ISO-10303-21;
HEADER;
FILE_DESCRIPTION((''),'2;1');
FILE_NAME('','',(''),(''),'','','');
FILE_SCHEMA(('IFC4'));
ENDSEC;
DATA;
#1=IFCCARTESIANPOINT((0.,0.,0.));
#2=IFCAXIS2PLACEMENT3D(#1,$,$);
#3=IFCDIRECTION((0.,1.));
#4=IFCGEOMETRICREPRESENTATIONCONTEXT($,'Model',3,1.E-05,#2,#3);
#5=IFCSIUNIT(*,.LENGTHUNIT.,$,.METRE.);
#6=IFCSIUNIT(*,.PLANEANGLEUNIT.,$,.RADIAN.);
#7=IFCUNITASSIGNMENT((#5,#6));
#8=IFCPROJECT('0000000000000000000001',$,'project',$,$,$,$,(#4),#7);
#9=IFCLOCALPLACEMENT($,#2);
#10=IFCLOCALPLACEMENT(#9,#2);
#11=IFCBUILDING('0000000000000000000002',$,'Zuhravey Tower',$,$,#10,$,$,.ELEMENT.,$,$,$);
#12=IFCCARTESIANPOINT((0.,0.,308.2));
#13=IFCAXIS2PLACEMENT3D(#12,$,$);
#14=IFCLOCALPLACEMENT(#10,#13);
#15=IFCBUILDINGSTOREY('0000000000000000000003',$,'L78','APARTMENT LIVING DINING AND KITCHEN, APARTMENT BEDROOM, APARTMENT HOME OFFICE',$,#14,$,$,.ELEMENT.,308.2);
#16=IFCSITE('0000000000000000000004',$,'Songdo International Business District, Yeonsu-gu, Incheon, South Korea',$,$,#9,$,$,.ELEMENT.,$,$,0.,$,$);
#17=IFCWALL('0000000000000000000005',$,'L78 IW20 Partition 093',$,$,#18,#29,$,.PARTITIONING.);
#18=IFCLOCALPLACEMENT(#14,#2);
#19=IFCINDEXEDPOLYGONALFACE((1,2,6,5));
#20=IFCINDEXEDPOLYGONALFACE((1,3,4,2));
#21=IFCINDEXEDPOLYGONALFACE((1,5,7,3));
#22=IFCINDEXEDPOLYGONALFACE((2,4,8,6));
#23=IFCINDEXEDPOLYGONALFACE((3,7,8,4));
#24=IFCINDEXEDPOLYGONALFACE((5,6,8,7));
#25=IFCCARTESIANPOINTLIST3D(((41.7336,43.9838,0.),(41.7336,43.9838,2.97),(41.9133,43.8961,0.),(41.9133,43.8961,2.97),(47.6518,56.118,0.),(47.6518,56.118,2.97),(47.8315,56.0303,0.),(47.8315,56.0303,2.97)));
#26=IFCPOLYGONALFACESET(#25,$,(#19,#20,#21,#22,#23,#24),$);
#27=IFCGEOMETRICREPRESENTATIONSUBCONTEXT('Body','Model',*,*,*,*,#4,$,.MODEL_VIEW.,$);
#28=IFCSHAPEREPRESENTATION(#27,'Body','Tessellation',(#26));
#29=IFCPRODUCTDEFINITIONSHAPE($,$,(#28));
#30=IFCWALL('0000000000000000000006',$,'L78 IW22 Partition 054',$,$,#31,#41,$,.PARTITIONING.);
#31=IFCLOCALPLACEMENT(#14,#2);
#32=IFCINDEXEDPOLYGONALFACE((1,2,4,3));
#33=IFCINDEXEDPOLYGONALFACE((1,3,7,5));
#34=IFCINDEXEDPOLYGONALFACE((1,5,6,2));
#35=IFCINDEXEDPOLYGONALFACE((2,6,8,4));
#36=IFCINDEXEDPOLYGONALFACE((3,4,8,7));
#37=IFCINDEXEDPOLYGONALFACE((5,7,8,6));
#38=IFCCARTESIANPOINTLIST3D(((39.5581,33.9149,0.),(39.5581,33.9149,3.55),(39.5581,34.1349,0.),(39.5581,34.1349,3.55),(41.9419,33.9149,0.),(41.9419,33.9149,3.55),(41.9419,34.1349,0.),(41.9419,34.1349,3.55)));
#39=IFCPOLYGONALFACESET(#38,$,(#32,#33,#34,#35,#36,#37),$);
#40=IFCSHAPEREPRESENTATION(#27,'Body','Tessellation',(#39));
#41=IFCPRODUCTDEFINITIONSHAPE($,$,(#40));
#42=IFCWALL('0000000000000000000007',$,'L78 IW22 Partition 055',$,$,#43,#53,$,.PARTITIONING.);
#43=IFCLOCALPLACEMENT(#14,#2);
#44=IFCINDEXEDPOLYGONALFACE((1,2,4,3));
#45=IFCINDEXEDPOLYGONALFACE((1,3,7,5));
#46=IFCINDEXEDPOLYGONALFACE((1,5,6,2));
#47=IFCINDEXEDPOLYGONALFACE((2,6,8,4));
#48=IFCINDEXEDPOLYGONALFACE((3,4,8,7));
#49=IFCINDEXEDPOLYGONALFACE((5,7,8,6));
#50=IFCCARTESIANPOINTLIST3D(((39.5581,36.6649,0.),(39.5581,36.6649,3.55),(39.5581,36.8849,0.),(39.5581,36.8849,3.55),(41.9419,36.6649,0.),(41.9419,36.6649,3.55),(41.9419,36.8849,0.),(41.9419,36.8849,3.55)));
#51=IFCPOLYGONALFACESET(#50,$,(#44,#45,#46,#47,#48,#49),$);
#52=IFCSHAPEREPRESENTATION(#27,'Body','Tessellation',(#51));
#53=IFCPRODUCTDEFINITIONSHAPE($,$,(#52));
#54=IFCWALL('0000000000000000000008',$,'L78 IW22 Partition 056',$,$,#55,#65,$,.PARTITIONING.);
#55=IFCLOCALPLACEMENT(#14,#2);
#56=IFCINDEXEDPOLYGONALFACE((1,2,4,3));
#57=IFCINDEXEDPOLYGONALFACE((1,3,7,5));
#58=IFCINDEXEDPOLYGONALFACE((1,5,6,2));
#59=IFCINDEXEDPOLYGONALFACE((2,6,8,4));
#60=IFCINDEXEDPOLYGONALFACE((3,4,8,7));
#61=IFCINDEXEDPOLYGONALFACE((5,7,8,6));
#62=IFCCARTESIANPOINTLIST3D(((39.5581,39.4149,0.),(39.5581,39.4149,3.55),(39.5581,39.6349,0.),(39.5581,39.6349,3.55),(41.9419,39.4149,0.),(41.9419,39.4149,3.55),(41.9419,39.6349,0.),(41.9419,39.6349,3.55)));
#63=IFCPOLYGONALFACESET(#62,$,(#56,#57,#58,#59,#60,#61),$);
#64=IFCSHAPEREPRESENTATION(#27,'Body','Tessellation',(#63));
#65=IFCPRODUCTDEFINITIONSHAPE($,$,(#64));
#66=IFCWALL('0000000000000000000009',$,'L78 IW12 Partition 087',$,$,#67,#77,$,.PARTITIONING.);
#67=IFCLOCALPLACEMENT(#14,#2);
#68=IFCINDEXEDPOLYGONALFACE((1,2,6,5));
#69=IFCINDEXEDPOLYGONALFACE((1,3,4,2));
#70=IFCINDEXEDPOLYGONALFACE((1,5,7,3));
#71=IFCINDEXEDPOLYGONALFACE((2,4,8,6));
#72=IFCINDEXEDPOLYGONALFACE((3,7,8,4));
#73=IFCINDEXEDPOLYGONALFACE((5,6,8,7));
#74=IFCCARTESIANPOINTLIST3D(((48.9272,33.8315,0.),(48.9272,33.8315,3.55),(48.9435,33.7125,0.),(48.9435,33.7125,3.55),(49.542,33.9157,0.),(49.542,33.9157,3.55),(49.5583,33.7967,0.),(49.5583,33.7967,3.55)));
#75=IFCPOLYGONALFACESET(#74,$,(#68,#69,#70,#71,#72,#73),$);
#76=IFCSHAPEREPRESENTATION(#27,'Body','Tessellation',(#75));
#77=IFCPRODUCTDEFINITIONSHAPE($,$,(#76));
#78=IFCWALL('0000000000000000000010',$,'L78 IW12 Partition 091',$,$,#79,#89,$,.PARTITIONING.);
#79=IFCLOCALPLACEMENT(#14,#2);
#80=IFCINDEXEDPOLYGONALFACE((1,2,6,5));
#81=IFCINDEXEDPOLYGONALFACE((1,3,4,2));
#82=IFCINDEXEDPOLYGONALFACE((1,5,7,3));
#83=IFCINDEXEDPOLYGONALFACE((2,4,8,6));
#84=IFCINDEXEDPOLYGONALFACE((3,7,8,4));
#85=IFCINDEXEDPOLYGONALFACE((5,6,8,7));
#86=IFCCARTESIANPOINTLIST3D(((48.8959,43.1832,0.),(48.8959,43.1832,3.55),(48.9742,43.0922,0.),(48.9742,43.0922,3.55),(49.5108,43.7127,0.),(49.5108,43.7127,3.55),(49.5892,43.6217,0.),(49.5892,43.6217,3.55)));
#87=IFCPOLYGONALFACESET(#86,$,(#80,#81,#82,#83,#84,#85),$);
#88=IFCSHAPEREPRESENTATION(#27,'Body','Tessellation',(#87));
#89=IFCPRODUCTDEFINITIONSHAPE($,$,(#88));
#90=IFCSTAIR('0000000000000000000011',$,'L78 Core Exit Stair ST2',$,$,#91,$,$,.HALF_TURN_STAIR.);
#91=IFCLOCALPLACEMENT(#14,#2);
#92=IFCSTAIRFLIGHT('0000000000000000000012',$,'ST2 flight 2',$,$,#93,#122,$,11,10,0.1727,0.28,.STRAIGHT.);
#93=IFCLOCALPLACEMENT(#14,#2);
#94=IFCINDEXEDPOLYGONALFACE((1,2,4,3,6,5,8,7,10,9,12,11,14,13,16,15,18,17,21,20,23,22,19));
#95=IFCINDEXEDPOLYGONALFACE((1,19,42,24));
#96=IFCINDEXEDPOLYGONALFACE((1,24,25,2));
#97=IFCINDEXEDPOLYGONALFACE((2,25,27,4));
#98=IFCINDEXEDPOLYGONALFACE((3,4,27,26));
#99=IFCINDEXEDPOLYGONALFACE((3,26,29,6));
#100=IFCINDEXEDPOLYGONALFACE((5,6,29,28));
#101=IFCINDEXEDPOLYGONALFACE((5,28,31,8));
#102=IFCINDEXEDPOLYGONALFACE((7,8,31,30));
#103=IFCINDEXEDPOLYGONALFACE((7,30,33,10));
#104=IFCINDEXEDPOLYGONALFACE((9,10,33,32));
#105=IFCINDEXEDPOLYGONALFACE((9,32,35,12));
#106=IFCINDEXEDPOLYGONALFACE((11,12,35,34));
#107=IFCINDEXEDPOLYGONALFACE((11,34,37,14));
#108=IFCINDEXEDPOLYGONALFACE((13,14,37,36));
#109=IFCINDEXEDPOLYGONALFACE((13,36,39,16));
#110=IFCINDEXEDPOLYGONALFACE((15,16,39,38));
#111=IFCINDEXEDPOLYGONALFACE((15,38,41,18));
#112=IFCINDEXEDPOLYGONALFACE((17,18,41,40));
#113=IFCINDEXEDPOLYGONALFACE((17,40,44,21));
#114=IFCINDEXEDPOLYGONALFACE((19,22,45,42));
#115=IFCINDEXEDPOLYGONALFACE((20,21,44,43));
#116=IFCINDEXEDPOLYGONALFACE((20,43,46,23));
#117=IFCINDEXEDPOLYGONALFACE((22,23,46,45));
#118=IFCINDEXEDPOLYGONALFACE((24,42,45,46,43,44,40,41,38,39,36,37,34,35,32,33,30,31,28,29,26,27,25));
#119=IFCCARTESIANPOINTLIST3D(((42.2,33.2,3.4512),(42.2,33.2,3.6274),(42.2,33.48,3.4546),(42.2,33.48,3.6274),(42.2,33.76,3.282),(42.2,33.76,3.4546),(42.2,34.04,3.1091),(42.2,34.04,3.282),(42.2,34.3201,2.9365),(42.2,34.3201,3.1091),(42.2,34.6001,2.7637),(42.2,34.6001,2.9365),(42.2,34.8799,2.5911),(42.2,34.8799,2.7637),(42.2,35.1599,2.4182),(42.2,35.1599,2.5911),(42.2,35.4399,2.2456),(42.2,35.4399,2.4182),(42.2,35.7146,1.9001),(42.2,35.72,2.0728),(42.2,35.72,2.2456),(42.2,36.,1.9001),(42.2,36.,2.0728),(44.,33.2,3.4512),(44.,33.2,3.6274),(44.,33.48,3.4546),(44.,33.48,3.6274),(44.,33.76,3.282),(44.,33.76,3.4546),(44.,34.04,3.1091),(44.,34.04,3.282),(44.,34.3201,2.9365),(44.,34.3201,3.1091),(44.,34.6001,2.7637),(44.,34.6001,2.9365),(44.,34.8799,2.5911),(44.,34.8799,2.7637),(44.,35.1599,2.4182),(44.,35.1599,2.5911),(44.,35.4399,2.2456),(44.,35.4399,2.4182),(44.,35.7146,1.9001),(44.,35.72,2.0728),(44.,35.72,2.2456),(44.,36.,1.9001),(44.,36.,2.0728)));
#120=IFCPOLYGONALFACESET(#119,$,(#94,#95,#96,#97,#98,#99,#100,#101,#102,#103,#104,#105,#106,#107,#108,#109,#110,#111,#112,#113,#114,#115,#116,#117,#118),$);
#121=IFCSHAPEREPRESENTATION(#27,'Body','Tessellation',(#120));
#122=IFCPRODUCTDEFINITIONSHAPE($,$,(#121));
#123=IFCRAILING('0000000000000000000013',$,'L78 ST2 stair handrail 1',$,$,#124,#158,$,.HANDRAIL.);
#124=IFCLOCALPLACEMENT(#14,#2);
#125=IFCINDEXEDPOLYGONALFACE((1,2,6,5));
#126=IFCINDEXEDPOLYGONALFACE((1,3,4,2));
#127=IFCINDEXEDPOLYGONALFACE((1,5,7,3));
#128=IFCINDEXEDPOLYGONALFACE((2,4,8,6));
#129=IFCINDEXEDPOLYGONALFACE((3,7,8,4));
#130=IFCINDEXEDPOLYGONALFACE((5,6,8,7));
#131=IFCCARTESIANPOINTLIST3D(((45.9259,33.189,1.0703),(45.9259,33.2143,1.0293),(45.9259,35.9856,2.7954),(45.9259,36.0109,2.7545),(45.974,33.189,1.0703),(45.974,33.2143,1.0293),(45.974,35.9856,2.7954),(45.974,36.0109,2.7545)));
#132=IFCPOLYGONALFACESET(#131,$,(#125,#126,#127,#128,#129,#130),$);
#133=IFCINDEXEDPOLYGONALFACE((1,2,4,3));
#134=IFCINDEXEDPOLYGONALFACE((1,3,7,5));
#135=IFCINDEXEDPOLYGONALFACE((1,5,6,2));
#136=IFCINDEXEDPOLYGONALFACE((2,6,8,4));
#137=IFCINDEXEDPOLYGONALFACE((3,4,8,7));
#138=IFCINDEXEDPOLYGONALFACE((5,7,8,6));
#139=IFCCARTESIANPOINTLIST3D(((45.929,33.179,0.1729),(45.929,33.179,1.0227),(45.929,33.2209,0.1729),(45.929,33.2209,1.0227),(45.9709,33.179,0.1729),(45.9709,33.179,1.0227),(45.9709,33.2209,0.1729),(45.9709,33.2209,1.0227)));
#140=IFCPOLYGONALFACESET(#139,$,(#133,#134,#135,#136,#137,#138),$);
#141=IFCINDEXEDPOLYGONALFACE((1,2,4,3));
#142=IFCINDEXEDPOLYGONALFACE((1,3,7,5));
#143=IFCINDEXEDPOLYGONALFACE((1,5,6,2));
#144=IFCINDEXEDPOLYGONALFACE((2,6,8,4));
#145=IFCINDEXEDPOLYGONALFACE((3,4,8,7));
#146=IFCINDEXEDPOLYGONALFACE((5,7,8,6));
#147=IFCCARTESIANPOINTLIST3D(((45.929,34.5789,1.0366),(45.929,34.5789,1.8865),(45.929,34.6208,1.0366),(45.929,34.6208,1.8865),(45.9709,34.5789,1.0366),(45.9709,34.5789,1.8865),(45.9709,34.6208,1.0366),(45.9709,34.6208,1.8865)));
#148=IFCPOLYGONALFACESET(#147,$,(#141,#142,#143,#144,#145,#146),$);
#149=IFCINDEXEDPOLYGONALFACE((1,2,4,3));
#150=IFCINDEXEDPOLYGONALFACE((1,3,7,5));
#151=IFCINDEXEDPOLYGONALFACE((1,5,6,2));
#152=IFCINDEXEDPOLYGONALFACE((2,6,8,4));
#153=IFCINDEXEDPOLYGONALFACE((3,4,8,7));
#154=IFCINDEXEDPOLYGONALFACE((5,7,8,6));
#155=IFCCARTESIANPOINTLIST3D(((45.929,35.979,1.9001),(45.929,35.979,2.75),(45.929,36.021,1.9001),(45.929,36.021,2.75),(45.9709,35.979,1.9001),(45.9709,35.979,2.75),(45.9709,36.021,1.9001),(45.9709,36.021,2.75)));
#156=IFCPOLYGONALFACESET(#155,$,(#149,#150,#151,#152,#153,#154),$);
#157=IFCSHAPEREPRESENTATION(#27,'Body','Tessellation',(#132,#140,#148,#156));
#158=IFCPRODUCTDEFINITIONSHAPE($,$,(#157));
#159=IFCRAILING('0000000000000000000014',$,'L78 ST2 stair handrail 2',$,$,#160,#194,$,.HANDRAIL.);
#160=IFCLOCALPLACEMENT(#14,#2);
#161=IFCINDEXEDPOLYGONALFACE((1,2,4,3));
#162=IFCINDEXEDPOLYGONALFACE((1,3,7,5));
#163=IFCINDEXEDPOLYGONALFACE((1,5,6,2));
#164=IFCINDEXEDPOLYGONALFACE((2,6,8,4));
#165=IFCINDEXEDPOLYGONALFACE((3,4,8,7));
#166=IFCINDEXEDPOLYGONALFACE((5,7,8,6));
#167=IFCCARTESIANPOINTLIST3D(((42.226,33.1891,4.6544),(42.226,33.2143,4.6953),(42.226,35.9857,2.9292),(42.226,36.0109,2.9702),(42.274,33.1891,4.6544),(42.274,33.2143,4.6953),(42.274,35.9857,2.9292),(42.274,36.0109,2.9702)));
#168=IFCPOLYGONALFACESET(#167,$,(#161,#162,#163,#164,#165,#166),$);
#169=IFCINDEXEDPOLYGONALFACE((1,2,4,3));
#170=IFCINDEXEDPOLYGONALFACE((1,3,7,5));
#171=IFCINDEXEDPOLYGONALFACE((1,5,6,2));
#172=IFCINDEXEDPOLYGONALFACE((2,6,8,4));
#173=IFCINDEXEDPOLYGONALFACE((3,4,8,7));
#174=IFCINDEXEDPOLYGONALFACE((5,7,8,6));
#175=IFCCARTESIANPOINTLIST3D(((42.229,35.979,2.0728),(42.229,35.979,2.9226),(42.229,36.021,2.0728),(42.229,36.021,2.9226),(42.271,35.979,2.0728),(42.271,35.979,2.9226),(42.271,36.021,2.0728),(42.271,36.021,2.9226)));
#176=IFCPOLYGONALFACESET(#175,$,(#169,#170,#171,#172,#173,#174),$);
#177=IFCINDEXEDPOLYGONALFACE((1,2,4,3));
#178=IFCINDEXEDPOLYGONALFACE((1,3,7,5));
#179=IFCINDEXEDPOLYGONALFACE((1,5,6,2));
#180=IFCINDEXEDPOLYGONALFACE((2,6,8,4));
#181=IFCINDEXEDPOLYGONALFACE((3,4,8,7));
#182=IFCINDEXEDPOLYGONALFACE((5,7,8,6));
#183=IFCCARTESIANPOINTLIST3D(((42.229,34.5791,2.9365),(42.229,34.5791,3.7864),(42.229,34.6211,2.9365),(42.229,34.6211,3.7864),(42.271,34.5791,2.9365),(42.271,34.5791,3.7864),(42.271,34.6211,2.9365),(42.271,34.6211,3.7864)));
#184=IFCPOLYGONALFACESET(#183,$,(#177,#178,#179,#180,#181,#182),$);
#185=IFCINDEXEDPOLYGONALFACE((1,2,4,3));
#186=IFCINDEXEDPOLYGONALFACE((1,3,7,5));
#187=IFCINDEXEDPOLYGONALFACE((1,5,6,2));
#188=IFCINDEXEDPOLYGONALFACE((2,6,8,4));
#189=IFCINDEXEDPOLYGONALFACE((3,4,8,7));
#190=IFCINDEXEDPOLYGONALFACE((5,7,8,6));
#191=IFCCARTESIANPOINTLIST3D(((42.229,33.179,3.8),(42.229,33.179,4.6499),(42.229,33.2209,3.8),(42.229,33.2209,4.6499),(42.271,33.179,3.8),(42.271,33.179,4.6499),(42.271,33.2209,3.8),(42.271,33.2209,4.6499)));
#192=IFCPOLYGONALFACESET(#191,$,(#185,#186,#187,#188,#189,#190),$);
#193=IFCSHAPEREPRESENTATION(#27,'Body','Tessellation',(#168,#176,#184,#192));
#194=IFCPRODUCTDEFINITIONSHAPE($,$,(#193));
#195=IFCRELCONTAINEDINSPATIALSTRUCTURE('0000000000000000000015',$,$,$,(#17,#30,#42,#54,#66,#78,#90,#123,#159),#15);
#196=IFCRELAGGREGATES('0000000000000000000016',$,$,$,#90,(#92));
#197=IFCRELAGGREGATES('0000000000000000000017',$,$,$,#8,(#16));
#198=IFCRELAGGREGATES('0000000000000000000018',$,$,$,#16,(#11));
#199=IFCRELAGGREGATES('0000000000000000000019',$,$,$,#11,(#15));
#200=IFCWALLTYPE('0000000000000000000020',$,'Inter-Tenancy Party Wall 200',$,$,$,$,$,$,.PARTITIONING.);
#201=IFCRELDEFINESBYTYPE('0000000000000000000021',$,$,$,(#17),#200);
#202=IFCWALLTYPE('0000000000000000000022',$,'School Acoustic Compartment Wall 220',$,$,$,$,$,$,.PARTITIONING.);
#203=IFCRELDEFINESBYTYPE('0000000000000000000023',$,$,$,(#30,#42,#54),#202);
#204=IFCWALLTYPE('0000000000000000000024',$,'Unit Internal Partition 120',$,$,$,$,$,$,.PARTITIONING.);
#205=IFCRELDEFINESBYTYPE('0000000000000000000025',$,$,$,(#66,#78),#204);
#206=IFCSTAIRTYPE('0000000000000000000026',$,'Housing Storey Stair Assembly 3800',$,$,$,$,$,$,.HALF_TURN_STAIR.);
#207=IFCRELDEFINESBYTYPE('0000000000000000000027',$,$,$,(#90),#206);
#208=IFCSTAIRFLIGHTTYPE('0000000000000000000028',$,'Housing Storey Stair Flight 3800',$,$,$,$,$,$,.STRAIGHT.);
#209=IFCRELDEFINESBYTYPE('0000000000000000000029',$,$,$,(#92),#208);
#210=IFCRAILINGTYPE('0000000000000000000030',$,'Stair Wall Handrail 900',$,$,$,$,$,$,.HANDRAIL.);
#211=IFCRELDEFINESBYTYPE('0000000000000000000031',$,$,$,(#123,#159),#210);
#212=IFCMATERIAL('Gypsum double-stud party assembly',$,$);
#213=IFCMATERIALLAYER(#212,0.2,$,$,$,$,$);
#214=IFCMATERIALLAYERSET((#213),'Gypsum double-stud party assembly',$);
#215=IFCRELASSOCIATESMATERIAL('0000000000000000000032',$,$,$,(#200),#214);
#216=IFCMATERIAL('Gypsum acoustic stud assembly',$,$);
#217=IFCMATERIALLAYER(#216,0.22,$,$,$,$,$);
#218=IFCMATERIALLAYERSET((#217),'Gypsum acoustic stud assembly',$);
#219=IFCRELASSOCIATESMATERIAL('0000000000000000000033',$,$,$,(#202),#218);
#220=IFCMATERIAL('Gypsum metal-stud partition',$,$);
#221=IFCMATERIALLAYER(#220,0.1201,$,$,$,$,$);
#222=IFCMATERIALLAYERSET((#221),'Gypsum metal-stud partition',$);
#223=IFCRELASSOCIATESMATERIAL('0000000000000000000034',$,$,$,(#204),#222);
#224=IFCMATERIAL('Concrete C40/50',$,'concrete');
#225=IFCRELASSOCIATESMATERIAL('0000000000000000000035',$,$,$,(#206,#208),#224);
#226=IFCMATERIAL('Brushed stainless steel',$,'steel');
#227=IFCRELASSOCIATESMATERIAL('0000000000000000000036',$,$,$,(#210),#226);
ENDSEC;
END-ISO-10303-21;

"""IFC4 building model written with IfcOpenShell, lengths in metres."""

from ifc_helpers import new_model, si_unit, direction, frame, frame_2d, origin, origin_2d, place, context, subcontext, project, spatial, polyline, rectangle, outline, extrude, material, layer, layer_set, type_object, element, aggregate, save


model = new_model("IFC4")

# Units and contexts
model_context = context("Model", 3, precision=1e-05, world=origin(), true_north=direction((0.0, 1.0)))
body_context = subcontext(model_context, "Body", "Model", "MODEL_VIEW")
ifc_project = project(units=[si_unit("LENGTHUNIT", "METRE"), si_unit("PLANEANGLEUNIT", "RADIAN")], contexts=[model_context])

# Site, building, storey
site_placement = place(None, origin())
site = spatial("IfcSite", under=ifc_project, at=site_placement, Name="Songdo International Business District, Yeonsu-gu, Incheon, South Korea", CompositionType="ELEMENT", RefElevation=0.0)
building_placement = place(site_placement, origin())
building = spatial("IfcBuilding", under=site, at=building_placement, Name="Zuhravey Tower", CompositionType="ELEMENT")
storey_placement = place(building_placement, frame((0.0, 0.0, 308.2)))
storey = spatial("IfcBuildingStorey", under=building, at=storey_placement, Name="L78", Description="APARTMENT LIVING DINING AND KITCHEN, APARTMENT BEDROOM, APARTMENT HOME OFFICE", CompositionType="ELEMENT", Elevation=308.2)

# Walls
ifc_material_1 = material(Name="Gypsum double-stud party assembly")
ifc_layer_1 = layer(ifc_material_1, 0.2)
ifc_layer_set_1 = layer_set([ifc_layer_1], Name="Gypsum double-stud party assembly")
wall_type_1 = type_object("IfcWallType", Name="Inter-Tenancy Party Wall 200", PredefinedType="PARTITIONING", material=ifc_layer_set_1)
wall_1_placement = place(storey_placement, frame((41.8235, 43.9399, 0.0), z_axis=(0.0, 0.0, 1.0), x_axis=(0.438367, 0.898796, 0.0)))
element("IfcWall", 1, at=wall_1_placement, inside=storey, type_object=wall_type_1, Name="L78 IW20 Partition 093", PredefinedType="PARTITIONING", context=body_context, shape_type="SweptSolid", body=[
    extrude(rectangle(XDim=13.5005, YDim=0.2, at=frame_2d((6.7502, 0.0))), origin(), (0.0, 0.0, 1.0), 2.97),
])
ifc_material_2 = material(Name="Gypsum acoustic stud assembly")
ifc_layer_2 = layer(ifc_material_2, 0.22)
ifc_layer_set_2 = layer_set([ifc_layer_2], Name="Gypsum acoustic stud assembly")
wall_type_2 = type_object("IfcWallType", Name="School Acoustic Compartment Wall 220", PredefinedType="PARTITIONING", material=ifc_layer_set_2)
for number, where, z_axis, x_axis, name in (
    (2, (39.5581, 34.0249, 0.0), (0.0, 0.0, 1.0), (1.0, 0.0, 0.0), "L78 IW22 Partition 054"),
    (3, (39.5581, 36.7749, 0.0), (0.0, 0.0, 1.0), (1.0, 0.0, 0.0), "L78 IW22 Partition 055"),
    (4, (39.5581, 39.5249, 0.0), (0.0, 0.0, 1.0), (1.0, 0.0, 0.0), "L78 IW22 Partition 056"),
):
    element("IfcWall", number, at=place(storey_placement, frame(where, z_axis=z_axis, x_axis=x_axis)), inside=storey, type_object=wall_type_2, Name=name, PredefinedType="PARTITIONING", context=body_context, shape_type="SweptSolid", body=[
        extrude(rectangle(XDim=2.3838, YDim=0.22, at=frame_2d((1.1919, 0.0))), origin(), (0.0, 0.0, 1.0), 3.55),
    ])
ifc_material_3 = material(Name="Gypsum metal-stud partition")
ifc_layer_3 = layer(ifc_material_3, 0.1201)
ifc_layer_set_3 = layer_set([ifc_layer_3], Name="Gypsum metal-stud partition")
wall_type_3 = type_object("IfcWallType", Name="Unit Internal Partition 120", PredefinedType="PARTITIONING", material=ifc_layer_set_3)
wall_2_placement = place(storey_placement, frame((48.9353, 33.772, 0.0), z_axis=(0.0, 0.0, 1.0), x_axis=(0.990744, 0.135745, 0.0)))
element("IfcWall", 5, at=wall_2_placement, inside=storey, type_object=wall_type_3, Name="L78 IW12 Partition 087", PredefinedType="PARTITIONING", context=body_context, shape_type="SweptSolid", body=[
    extrude(rectangle(XDim=0.6206, YDim=0.1201, at=frame_2d((0.3103, 0.0))), origin(), (0.0, 0.0, 1.0), 3.55),
])
wall_3_placement = place(storey_placement, frame((48.9351, 43.1377, 0.0), z_axis=(0.0, 0.0, 1.0), x_axis=(0.757789, 0.652499, 0.0)))
element("IfcWall", 6, at=wall_3_placement, inside=storey, type_object=wall_type_3, Name="L78 IW12 Partition 091", PredefinedType="PARTITIONING", context=body_context, shape_type="SweptSolid", body=[
    extrude(rectangle(XDim=0.8115, YDim=0.1201, at=frame_2d((0.4058, 0.0))), origin(), (0.0, 0.0, 1.0), 3.55),
])

# Stair, stair flight
ifc_material_4 = material(Name="Concrete C40/50", Category="concrete")
stair_type = type_object("IfcStairType", Name="Housing Storey Stair Assembly 3800", PredefinedType="HALF_TURN_STAIR", material=ifc_material_4)
stair_placement = place(storey_placement, origin())
stair = element("IfcStair", 7, at=stair_placement, inside=storey, type_object=stair_type, Name="L78 Core Exit Stair ST2", PredefinedType="HALF_TURN_STAIR")
stair_flight_type = type_object("IfcStairFlightType", Name="Housing Storey Stair Flight 3800", PredefinedType="STRAIGHT", material=ifc_material_4)
stair_flight_placement = place(storey_placement, frame((43.1001, 36.0, 1.9001), z_axis=(0.0, 0.0, 1.0), x_axis=(0.0, -1.0, 0.0)))
stair_flight = element("IfcStairFlight", 8, at=stair_flight_placement, type_object=stair_flight_type, Name="ST2 flight 2", NumberOfRisers=11, NumberOfTreads=10, PredefinedType="STRAIGHT", RiserHeight=0.1727, TreadLength=0.28, context=body_context, shape_type="SweptSolid", body=[
    extrude(outline(polyline([(0.0, 0.0), (0.0, 0.1726), (0.28, 0.1726), (0.28, 0.3455), (0.5601, 0.3455), (0.5601, 0.5181), (0.8401, 0.5181), (0.8401, 0.6909), (1.1201, 0.6909), (1.1201, 0.8635), (1.3999, 0.8635), (1.3999, 1.0364), (1.6799, 1.0364), (1.6799, 1.209), (1.96, 1.209), (1.96, 1.3818), (2.24, 1.3818), (2.24, 1.5544), (2.52, 1.5544), (2.52, 1.7273), (2.8, 1.7273), (2.8, 1.8999), (2.8, 1.551), (0.2854, 0.0), (0.0, 0.0)])), frame((0.0, 0.8999, 0.0), z_axis=(0.0, -1.0, 0.0), x_axis=(1.0, 0.0, 0.0)), (0.0, 0.0, 1.0), 1.8),
])
aggregate(stair, [stair_flight])

# Railings
ifc_material_5 = material(Name="Brushed stainless steel", Category="steel")
railing_type_1 = type_object("IfcRailingType", Name="Stair Wall Handrail 900", PredefinedType="HANDRAIL", material=ifc_material_5)
railing_1_placement = place(storey_placement, frame((45.95, 33.2, 0.1729)))
element("IfcRailing", 9, at=railing_1_placement, inside=storey, type_object=railing_type_1, Name="L78 ST2 stair handrail 1", PredefinedType="HANDRAIL", context=body_context, shape_type="SweptSolid", body=[
    extrude(rectangle(XDim=0.0481, YDim=0.0481, at=origin_2d()), frame((0.0, 0.0017, 0.877), z_axis=(0.0, 0.85109, 0.52502), x_axis=(-1.0, 0.0, 0.0)), (0.0, 0.0, 1.0), 3.2859),
    extrude(rectangle(XDim=0.042, YDim=0.042, at=origin_2d()), origin(), (0.0, 0.0, 1.0), 0.8499),
    extrude(rectangle(XDim=0.042, YDim=0.042, at=origin_2d()), frame((0.0, 1.3999, 0.8638)), (0.0, 0.0, 1.0), 0.8499),
    extrude(rectangle(XDim=0.042, YDim=0.042, at=origin_2d()), frame((0.0, 2.8, 1.7273)), (0.0, 0.0, 1.0), 0.8499),
])
railing_2_placement = place(storey_placement, frame((42.25, 36.0, 2.0728)))
element("IfcRailing", 10, at=railing_2_placement, inside=storey, type_object=railing_type_1, Name="L78 ST2 stair handrail 2", PredefinedType="HANDRAIL", context=body_context, shape_type="SweptSolid", body=[
    extrude(rectangle(XDim=0.0481, YDim=0.0481, at=origin_2d()), frame((0.0, -0.0017, 0.877), z_axis=(0.0, -0.85109, 0.52502), x_axis=(1.0, 0.0, 0.0)), (0.0, 0.0, 1.0), 3.2859),
    extrude(rectangle(XDim=0.042, YDim=0.042, at=origin_2d()), origin(), (0.0, 0.0, 1.0), 0.8499),
    extrude(rectangle(XDim=0.042, YDim=0.042, at=origin_2d()), frame((0.0, -1.3999, 0.8638)), (0.0, 0.0, 1.0), 0.8499),
    extrude(rectangle(XDim=0.042, YDim=0.042, at=origin_2d()), frame((0.0, -2.8, 1.7273)), (0.0, 0.0, 1.0), 0.8499),
])

save(model, "model.ifc")
